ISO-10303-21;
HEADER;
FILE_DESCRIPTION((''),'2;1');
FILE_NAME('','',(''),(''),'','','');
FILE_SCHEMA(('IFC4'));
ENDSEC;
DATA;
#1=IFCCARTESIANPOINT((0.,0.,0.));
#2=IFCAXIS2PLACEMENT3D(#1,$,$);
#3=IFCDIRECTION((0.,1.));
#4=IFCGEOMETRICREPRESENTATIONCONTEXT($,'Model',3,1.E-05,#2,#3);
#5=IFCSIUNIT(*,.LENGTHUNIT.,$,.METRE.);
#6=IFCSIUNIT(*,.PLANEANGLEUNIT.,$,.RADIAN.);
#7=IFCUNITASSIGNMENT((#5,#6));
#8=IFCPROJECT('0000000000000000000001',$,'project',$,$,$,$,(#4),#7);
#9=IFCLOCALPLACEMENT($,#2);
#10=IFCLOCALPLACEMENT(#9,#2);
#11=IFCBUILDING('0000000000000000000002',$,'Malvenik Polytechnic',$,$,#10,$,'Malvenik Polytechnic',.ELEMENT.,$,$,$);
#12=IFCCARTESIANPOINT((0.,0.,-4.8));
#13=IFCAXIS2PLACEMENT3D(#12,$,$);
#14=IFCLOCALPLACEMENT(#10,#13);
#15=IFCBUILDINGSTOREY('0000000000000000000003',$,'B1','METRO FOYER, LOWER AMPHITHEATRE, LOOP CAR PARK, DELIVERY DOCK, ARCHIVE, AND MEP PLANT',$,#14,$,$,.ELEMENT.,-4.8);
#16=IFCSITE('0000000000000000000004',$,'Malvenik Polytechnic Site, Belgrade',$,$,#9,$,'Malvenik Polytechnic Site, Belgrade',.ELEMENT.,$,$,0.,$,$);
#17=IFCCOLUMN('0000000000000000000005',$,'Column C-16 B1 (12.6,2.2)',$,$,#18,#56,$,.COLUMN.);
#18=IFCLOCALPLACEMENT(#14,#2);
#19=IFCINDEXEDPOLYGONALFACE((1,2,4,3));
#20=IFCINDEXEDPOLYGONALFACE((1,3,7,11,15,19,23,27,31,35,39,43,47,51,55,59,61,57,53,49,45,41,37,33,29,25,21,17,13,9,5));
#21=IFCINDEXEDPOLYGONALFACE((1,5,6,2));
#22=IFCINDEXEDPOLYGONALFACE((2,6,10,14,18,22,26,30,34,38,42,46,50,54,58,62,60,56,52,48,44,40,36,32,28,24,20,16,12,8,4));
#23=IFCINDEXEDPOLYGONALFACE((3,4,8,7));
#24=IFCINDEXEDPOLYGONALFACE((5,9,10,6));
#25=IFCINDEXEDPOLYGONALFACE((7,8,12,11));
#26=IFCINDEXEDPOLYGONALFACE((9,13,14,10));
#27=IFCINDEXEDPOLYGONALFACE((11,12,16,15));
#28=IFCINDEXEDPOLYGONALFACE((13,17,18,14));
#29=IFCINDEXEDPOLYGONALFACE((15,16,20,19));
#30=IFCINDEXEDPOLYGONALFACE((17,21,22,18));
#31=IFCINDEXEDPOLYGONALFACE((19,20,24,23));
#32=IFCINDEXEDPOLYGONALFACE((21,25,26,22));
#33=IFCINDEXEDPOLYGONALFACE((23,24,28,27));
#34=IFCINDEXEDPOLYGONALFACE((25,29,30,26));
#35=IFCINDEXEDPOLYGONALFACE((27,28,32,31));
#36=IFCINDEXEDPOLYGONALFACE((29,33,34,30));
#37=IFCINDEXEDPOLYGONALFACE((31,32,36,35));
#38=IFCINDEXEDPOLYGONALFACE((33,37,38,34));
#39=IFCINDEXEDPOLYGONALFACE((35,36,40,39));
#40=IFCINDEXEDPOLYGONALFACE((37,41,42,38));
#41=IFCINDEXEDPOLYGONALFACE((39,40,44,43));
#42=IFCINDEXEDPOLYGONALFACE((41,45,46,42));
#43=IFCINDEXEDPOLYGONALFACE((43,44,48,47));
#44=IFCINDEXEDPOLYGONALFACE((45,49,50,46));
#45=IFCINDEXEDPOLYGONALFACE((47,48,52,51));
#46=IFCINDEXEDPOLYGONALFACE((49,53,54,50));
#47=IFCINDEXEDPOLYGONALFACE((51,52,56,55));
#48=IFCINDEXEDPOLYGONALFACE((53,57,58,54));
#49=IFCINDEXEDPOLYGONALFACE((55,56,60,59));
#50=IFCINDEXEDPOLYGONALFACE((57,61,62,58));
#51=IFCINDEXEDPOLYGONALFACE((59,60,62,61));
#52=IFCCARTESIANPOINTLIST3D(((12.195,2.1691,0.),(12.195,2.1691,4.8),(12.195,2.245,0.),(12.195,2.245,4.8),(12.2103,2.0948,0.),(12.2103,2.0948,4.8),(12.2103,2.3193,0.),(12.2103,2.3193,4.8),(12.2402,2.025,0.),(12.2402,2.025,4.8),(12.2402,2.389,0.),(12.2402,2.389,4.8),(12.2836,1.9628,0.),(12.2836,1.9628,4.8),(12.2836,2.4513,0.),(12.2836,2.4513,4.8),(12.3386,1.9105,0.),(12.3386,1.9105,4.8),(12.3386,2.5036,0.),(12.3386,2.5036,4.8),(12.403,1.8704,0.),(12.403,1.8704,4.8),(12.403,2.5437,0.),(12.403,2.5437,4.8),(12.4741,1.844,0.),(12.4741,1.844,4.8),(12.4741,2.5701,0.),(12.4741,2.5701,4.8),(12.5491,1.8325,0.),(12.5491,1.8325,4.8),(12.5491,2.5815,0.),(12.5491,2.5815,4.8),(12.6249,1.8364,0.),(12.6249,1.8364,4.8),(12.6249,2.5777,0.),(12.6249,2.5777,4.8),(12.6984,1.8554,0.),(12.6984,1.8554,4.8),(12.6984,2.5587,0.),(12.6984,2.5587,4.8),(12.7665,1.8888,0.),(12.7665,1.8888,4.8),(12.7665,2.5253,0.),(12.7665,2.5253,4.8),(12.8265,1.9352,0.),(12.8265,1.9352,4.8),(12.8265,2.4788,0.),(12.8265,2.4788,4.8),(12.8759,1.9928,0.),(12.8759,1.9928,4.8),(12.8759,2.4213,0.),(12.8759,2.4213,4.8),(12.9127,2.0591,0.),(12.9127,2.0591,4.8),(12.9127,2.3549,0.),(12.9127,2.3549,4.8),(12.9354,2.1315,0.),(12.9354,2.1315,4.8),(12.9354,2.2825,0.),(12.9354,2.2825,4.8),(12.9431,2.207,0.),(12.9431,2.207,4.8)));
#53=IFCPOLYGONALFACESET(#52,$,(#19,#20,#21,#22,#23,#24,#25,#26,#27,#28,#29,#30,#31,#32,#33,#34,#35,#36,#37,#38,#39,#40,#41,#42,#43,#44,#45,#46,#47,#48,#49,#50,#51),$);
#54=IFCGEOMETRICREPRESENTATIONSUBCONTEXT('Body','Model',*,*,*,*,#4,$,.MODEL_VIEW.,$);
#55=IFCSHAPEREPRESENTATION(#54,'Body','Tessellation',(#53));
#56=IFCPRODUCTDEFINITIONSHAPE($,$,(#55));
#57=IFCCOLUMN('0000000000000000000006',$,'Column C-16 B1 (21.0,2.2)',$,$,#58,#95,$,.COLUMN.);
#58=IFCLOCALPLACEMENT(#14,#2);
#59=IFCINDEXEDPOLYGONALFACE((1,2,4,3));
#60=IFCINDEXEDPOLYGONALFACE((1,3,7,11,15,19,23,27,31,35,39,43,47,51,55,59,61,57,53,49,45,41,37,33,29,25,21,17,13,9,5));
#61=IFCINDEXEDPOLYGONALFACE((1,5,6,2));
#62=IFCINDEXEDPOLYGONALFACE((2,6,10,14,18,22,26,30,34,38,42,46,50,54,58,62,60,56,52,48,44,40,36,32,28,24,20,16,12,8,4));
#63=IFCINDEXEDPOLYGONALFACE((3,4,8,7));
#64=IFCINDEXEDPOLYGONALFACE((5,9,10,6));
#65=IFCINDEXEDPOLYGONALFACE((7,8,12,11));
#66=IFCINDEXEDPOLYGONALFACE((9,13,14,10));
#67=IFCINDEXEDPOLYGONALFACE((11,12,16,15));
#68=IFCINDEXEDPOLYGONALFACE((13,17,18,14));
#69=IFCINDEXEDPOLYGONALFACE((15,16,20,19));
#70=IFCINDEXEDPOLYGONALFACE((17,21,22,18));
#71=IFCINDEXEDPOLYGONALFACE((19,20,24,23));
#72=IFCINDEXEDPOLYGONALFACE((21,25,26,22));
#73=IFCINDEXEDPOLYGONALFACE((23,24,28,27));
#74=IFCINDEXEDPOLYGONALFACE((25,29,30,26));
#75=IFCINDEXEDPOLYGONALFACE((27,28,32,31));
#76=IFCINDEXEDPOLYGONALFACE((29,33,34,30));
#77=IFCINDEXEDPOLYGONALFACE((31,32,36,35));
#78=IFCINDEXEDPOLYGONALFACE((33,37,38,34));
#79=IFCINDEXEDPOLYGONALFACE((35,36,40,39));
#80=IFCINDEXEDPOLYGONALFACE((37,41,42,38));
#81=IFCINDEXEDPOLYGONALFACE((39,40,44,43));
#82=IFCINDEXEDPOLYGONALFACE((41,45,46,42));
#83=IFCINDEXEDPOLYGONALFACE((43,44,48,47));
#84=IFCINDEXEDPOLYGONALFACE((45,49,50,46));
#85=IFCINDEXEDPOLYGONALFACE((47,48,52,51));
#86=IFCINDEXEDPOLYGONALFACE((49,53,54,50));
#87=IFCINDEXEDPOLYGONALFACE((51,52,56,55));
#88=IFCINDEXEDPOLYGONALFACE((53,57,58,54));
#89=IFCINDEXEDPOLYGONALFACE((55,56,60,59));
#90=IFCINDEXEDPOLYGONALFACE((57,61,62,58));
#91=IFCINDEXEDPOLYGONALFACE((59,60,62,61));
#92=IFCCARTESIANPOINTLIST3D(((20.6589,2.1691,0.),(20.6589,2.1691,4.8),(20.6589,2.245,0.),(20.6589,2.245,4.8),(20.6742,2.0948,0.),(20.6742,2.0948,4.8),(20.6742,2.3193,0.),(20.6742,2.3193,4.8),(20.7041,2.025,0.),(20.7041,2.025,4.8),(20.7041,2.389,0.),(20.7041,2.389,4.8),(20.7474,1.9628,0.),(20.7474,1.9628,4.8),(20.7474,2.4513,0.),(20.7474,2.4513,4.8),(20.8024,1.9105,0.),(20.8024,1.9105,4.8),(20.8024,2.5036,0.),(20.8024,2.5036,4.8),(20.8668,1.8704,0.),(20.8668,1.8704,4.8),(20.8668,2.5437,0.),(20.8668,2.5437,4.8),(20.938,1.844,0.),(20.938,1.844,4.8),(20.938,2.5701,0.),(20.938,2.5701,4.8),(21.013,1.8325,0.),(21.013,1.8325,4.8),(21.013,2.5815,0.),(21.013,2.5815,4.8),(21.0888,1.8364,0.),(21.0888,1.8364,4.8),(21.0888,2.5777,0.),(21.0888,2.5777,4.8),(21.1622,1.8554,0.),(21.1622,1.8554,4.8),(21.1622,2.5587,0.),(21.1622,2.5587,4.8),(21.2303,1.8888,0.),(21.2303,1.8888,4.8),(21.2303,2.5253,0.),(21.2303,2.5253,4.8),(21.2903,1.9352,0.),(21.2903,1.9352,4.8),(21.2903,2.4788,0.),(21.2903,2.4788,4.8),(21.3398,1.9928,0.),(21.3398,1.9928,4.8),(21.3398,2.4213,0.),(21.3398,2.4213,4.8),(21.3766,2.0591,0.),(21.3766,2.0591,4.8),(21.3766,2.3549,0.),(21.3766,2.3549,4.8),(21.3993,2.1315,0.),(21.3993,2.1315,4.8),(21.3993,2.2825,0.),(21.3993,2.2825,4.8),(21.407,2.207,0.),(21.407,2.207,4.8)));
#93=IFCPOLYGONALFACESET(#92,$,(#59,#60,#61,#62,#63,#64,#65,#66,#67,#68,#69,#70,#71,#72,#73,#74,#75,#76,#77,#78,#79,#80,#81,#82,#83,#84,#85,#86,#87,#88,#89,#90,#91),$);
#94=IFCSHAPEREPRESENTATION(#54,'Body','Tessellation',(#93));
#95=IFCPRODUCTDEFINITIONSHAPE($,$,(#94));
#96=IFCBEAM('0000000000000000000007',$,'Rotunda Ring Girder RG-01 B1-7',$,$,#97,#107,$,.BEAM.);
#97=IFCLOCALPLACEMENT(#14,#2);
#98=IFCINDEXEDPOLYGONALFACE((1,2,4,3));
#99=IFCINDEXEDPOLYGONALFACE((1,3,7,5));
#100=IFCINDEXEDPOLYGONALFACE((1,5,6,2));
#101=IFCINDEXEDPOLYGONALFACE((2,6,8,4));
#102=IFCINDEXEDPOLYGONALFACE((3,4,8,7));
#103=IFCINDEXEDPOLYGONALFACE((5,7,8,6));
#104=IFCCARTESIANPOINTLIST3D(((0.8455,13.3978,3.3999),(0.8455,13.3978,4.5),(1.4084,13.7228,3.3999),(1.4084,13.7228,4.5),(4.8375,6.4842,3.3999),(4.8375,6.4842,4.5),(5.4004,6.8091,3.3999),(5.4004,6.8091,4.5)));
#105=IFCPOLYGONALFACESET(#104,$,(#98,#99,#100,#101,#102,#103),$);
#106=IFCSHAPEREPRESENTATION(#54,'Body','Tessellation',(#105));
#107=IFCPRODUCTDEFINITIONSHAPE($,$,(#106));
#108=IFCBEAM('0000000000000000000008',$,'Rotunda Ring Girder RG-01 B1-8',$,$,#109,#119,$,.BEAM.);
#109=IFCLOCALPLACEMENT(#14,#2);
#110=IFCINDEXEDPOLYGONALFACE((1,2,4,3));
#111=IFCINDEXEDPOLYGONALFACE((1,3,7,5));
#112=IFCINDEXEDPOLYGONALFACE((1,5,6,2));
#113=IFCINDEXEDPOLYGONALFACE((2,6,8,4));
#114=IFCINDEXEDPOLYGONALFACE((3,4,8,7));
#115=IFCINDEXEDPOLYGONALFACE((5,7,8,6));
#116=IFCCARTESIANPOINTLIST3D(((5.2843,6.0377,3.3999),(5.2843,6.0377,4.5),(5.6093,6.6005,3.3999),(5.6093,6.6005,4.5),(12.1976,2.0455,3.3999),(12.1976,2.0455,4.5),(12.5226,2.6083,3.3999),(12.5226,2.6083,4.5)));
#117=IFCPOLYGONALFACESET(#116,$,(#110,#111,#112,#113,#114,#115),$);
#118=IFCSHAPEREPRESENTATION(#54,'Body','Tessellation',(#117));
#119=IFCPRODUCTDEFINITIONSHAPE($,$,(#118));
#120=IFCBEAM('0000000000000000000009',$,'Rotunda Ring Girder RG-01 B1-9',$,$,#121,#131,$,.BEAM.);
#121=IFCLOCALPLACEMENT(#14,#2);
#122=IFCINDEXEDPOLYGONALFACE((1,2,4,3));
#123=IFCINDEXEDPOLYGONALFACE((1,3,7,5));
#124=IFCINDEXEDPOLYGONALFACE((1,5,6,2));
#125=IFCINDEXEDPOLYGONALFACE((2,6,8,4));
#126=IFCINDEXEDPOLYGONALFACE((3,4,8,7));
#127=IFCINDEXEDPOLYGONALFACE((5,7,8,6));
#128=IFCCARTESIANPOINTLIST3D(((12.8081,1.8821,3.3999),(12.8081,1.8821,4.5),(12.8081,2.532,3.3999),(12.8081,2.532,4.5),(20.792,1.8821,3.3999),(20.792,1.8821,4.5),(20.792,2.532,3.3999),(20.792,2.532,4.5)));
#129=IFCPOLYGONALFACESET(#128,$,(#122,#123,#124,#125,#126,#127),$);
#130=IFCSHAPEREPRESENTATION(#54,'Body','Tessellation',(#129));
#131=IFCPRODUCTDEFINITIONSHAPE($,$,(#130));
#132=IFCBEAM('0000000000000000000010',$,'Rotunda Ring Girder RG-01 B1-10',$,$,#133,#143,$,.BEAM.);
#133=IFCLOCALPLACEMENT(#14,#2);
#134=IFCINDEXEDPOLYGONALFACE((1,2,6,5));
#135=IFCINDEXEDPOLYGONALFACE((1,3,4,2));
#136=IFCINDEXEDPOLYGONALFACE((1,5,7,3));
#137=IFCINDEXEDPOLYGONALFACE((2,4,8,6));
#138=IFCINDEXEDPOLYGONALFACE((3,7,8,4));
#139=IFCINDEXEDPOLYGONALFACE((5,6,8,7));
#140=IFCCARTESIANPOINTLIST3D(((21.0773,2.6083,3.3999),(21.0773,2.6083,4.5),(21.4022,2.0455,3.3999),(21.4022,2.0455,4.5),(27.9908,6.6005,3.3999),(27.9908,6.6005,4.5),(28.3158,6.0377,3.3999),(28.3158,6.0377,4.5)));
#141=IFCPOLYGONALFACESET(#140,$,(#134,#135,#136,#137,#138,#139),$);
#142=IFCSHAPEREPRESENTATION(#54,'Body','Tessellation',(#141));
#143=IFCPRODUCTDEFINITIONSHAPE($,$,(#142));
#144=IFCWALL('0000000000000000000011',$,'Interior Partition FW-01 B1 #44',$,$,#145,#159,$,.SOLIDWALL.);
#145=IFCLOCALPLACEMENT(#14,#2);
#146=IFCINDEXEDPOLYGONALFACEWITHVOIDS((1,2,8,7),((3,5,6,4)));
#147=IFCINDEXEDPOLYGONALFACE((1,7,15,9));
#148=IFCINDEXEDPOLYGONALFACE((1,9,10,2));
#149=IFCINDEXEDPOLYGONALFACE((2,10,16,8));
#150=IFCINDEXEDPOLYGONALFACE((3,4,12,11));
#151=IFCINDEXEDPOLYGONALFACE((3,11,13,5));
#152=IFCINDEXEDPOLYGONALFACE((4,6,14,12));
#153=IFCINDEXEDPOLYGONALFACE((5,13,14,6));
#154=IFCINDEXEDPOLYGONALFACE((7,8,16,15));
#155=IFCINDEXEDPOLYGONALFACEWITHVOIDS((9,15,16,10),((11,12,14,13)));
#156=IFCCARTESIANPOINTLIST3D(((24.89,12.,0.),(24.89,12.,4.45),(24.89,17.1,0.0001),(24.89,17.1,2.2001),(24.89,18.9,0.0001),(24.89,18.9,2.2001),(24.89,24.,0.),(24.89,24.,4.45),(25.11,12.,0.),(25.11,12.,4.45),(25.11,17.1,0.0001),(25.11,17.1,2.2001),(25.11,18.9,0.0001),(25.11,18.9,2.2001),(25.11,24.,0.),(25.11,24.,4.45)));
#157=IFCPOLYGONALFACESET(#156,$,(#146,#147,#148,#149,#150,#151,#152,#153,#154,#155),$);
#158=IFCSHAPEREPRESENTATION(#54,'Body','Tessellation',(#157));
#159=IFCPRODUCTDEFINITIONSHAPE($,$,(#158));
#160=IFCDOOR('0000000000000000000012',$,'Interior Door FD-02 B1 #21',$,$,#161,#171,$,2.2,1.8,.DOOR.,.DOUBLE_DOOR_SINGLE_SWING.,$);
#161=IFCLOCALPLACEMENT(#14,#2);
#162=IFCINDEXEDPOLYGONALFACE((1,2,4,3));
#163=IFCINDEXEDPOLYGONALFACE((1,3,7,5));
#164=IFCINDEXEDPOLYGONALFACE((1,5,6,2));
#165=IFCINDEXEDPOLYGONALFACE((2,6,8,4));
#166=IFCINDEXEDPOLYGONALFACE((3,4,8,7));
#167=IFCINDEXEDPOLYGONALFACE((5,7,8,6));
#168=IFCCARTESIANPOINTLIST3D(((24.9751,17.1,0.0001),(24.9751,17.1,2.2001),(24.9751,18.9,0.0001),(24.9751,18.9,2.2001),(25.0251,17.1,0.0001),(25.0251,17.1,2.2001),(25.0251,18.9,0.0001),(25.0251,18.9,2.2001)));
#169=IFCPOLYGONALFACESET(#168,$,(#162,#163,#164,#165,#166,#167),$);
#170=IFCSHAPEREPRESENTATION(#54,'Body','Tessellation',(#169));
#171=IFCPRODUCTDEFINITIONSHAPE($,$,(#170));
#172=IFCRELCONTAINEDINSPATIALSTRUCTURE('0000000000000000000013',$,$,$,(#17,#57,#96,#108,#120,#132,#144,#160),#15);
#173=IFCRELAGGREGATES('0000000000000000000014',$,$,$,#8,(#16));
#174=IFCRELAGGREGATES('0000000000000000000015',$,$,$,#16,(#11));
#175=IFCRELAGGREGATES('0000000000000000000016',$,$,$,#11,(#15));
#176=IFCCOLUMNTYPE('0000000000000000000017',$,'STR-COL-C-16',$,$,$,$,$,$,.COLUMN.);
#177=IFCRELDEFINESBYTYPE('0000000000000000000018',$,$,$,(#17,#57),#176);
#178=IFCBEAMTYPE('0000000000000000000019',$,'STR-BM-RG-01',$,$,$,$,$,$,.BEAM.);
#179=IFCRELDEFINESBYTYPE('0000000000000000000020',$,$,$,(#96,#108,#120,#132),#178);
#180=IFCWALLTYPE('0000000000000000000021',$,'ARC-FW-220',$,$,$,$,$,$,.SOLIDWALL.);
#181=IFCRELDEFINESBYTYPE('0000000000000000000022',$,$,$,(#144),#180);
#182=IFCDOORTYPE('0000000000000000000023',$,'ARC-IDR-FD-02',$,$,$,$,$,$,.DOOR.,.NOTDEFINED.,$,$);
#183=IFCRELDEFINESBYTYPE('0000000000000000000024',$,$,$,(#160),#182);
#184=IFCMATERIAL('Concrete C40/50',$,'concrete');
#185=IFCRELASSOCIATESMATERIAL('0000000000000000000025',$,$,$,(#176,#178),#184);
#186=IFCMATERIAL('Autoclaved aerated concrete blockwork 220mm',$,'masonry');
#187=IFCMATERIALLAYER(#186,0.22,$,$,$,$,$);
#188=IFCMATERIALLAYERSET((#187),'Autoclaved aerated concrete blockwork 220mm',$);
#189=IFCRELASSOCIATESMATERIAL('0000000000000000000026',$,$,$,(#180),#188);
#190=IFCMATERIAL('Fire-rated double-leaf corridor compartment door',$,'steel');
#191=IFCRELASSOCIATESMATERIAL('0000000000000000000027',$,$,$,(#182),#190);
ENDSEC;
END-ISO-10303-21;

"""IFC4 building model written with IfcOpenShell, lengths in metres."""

from ifc_helpers import new_model, si_unit, direction, frame, frame_2d, origin, origin_2d, place, context, subcontext, project, spatial, rectangle, circle, extrude, material, layer, layer_set, material_profile, profile_set, type_object, element, fill, save


model = new_model("IFC4")

# Units and contexts
model_context = context("Model", 3, precision=1e-05, world=origin(), true_north=direction((0.0, 1.0)))
body_context = subcontext(model_context, "Body", "Model", "MODEL_VIEW")
ifc_project = project(units=[si_unit("LENGTHUNIT", "METRE"), si_unit("PLANEANGLEUNIT", "RADIAN")], contexts=[model_context])

# Site, building, storey
site_placement = place(None, origin())
site = spatial("IfcSite", under=ifc_project, at=site_placement, Name="Malvenik Polytechnic Site, Belgrade", LongName="Malvenik Polytechnic Site, Belgrade", CompositionType="ELEMENT", RefElevation=0.0)
building_placement = place(site_placement, origin())
building = spatial("IfcBuilding", under=site, at=building_placement, Name="Malvenik Polytechnic", LongName="Malvenik Polytechnic", CompositionType="ELEMENT")
storey_placement = place(building_placement, frame((0.0, 0.0, -4.8)))
storey = spatial("IfcBuildingStorey", under=building, at=storey_placement, Name="B1", Description="METRO FOYER, LOWER AMPHITHEATRE, LOOP CAR PARK, DELIVERY DOCK, ARCHIVE, AND MEP PLANT", CompositionType="ELEMENT", Elevation=-4.8)

# Columns
ifc_material_1 = material(Name="Concrete C40/50", Category="concrete")
ifc_material_profile_1 = material_profile(ifc_material_1, circle(Radius=0.375, at=origin_2d()), Name="RC COL D750")
ifc_profile_set_1 = profile_set([ifc_material_profile_1], Name="Concrete C40/50")
column_type = type_object("IfcColumnType", Name="STR-COL-C-16", PredefinedType="COLUMN", material=ifc_profile_set_1)
for number, where, z_axis, x_axis, name in (
    (1, (12.5681, 2.207, 0.0), (0.0, 0.0, 1.0), (1.0, 0.0, 0.0), "Column C-16 B1 (12.6,2.2)"),
    (2, (21.032, 2.207, 0.0), (0.0, 0.0, 1.0), (1.0, 0.0, 0.0), "Column C-16 B1 (21.0,2.2)"),
):
    element("IfcColumn", number, at=place(storey_placement, frame(where, z_axis=z_axis, x_axis=x_axis)), inside=storey, type_object=column_type, Name=name, PredefinedType="COLUMN", context=body_context, shape_type="SweptSolid", body=[
        extrude(circle(Radius=0.375, at=origin_2d()), origin(), (0.0, 0.0, 1.0), 4.8),
    ])

# Beams
ifc_material_profile_2 = material_profile(ifc_material_1, rectangle(XDim=0.6499, YDim=1.1001, at=origin_2d()), Name="RC RG 650x1100")
ifc_profile_set_2 = profile_set([ifc_material_profile_2], Name="Concrete C40/50")
beam_type = type_object("IfcBeamType", Name="STR-BM-RG-01", PredefinedType="BEAM", material=ifc_profile_set_2)
beam_1_placement = place(storey_placement, frame((1.127, 13.5603, 3.95), z_axis=(0.500037, -0.866004, 0.0), x_axis=(0.866004, 0.500037, 0.0)))
element("IfcBeam", 3, at=beam_1_placement, inside=storey, type_object=beam_type, Name="Rotunda Ring Girder RG-01 B1-7", PredefinedType="BEAM", context=body_context, shape_type="SweptSolid", body=[
    extrude(rectangle(XDim=0.6499, YDim=1.1001, at=origin_2d()), origin(), (0.0, 0.0, 1.0), 7.9834),
])
beam_2_placement = place(storey_placement, frame((5.4468, 6.3191, 3.95), z_axis=(0.865983, -0.500073, 0.0), x_axis=(0.500073, 0.865983, 0.0)))
element("IfcBeam", 4, at=beam_2_placement, inside=storey, type_object=beam_type, Name="Rotunda Ring Girder RG-01 B1-8", PredefinedType="BEAM", context=body_context, shape_type="SweptSolid", body=[
    extrude(rectangle(XDim=0.6499, YDim=1.1001, at=origin_2d()), origin(), (0.0, 0.0, 1.0), 7.9832),
])
beam_3_placement = place(storey_placement, frame((12.8081, 2.207, 3.95), z_axis=(1.0, 0.0, 0.0), x_axis=(0.0, 1.0, 0.0)))
element("IfcBeam", 5, at=beam_3_placement, inside=storey, type_object=beam_type, Name="Rotunda Ring Girder RG-01 B1-9", PredefinedType="BEAM", context=body_context, shape_type="SweptSolid", body=[
    extrude(rectangle(XDim=0.6499, YDim=1.1001, at=origin_2d()), origin(), (0.0, 0.0, 1.0), 7.9839),
])
beam_4_placement = place(storey_placement, frame((21.2397, 2.3269, 3.95), z_axis=(0.865991, 0.50006, 0.0), x_axis=(-0.50006, 0.865991, 0.0)))
element("IfcBeam", 6, at=beam_4_placement, inside=storey, type_object=beam_type, Name="Rotunda Ring Girder RG-01 B1-10", PredefinedType="BEAM", context=body_context, shape_type="SweptSolid", body=[
    extrude(rectangle(XDim=0.6499, YDim=1.1001, at=origin_2d()), origin(), (0.0, 0.0, 1.0), 7.9834),
])

# Wall, opening, door
ifc_material_2 = material(Name="Autoclaved aerated concrete blockwork 220mm", Category="masonry")
ifc_layer = layer(ifc_material_2, 0.22)
ifc_layer_set = layer_set([ifc_layer], Name="Autoclaved aerated concrete blockwork 220mm")
wall_type = type_object("IfcWallType", Name="ARC-FW-220", PredefinedType="SOLIDWALL", material=ifc_layer_set)
wall_placement = place(storey_placement, frame((25.0, 12.0, 0.0), z_axis=(0.0, 0.0, 1.0), x_axis=(0.0, 1.0, 0.0)))
wall = element("IfcWall", 7, at=wall_placement, inside=storey, type_object=wall_type, Name="Interior Partition FW-01 B1 #44", PredefinedType="SOLIDWALL", context=body_context, shape_type="SweptSolid", body=[
    extrude(rectangle(XDim=12.0, YDim=0.22, at=frame_2d((6.0, 0.0))), origin(), (0.0, 0.0, 1.0), 4.45),
])
opening_placement = place(wall_placement, frame((5.1001, 0.0, 0.0)))
opening = element("IfcOpeningElement", 8, at=opening_placement, cuts=wall, PredefinedType="OPENING", context=body_context, shape_type="SweptSolid", body=[
    extrude(rectangle(XDim=1.8, YDim=2.2, at=frame_2d((0.8999, 1.1001))), frame((0.0, 0.1201, 0.0), z_axis=(0.0, -1.0, 0.0), x_axis=(1.0, 0.0, 0.0)), (0.0, 0.0, 1.0), 0.24),
])
ifc_material_3 = material(Name="Fire-rated double-leaf corridor compartment door", Category="steel")
door_type = type_object("IfcDoorType", Name="ARC-IDR-FD-02", OperationType="NOTDEFINED", PredefinedType="DOOR", material=ifc_material_3)
door_placement = place(opening_placement, origin())
door = element("IfcDoor", 9, at=door_placement, inside=storey, type_object=door_type, Name="Interior Door FD-02 B1 #21", OperationType="DOUBLE_DOOR_SINGLE_SWING", OverallHeight=2.2, OverallWidth=1.8, PredefinedType="DOOR", context=body_context, shape_type="SweptSolid", body=[
    extrude(rectangle(XDim=1.8, YDim=2.2, at=frame_2d((0.8999, 1.1001))), frame((0.0, 0.0249, 0.0), z_axis=(0.0, -1.0, 0.0), x_axis=(1.0, 0.0, 0.0)), (0.0, 0.0, 1.0), 0.05),
])
fill(opening, door)

save(model, "model.ifc")
